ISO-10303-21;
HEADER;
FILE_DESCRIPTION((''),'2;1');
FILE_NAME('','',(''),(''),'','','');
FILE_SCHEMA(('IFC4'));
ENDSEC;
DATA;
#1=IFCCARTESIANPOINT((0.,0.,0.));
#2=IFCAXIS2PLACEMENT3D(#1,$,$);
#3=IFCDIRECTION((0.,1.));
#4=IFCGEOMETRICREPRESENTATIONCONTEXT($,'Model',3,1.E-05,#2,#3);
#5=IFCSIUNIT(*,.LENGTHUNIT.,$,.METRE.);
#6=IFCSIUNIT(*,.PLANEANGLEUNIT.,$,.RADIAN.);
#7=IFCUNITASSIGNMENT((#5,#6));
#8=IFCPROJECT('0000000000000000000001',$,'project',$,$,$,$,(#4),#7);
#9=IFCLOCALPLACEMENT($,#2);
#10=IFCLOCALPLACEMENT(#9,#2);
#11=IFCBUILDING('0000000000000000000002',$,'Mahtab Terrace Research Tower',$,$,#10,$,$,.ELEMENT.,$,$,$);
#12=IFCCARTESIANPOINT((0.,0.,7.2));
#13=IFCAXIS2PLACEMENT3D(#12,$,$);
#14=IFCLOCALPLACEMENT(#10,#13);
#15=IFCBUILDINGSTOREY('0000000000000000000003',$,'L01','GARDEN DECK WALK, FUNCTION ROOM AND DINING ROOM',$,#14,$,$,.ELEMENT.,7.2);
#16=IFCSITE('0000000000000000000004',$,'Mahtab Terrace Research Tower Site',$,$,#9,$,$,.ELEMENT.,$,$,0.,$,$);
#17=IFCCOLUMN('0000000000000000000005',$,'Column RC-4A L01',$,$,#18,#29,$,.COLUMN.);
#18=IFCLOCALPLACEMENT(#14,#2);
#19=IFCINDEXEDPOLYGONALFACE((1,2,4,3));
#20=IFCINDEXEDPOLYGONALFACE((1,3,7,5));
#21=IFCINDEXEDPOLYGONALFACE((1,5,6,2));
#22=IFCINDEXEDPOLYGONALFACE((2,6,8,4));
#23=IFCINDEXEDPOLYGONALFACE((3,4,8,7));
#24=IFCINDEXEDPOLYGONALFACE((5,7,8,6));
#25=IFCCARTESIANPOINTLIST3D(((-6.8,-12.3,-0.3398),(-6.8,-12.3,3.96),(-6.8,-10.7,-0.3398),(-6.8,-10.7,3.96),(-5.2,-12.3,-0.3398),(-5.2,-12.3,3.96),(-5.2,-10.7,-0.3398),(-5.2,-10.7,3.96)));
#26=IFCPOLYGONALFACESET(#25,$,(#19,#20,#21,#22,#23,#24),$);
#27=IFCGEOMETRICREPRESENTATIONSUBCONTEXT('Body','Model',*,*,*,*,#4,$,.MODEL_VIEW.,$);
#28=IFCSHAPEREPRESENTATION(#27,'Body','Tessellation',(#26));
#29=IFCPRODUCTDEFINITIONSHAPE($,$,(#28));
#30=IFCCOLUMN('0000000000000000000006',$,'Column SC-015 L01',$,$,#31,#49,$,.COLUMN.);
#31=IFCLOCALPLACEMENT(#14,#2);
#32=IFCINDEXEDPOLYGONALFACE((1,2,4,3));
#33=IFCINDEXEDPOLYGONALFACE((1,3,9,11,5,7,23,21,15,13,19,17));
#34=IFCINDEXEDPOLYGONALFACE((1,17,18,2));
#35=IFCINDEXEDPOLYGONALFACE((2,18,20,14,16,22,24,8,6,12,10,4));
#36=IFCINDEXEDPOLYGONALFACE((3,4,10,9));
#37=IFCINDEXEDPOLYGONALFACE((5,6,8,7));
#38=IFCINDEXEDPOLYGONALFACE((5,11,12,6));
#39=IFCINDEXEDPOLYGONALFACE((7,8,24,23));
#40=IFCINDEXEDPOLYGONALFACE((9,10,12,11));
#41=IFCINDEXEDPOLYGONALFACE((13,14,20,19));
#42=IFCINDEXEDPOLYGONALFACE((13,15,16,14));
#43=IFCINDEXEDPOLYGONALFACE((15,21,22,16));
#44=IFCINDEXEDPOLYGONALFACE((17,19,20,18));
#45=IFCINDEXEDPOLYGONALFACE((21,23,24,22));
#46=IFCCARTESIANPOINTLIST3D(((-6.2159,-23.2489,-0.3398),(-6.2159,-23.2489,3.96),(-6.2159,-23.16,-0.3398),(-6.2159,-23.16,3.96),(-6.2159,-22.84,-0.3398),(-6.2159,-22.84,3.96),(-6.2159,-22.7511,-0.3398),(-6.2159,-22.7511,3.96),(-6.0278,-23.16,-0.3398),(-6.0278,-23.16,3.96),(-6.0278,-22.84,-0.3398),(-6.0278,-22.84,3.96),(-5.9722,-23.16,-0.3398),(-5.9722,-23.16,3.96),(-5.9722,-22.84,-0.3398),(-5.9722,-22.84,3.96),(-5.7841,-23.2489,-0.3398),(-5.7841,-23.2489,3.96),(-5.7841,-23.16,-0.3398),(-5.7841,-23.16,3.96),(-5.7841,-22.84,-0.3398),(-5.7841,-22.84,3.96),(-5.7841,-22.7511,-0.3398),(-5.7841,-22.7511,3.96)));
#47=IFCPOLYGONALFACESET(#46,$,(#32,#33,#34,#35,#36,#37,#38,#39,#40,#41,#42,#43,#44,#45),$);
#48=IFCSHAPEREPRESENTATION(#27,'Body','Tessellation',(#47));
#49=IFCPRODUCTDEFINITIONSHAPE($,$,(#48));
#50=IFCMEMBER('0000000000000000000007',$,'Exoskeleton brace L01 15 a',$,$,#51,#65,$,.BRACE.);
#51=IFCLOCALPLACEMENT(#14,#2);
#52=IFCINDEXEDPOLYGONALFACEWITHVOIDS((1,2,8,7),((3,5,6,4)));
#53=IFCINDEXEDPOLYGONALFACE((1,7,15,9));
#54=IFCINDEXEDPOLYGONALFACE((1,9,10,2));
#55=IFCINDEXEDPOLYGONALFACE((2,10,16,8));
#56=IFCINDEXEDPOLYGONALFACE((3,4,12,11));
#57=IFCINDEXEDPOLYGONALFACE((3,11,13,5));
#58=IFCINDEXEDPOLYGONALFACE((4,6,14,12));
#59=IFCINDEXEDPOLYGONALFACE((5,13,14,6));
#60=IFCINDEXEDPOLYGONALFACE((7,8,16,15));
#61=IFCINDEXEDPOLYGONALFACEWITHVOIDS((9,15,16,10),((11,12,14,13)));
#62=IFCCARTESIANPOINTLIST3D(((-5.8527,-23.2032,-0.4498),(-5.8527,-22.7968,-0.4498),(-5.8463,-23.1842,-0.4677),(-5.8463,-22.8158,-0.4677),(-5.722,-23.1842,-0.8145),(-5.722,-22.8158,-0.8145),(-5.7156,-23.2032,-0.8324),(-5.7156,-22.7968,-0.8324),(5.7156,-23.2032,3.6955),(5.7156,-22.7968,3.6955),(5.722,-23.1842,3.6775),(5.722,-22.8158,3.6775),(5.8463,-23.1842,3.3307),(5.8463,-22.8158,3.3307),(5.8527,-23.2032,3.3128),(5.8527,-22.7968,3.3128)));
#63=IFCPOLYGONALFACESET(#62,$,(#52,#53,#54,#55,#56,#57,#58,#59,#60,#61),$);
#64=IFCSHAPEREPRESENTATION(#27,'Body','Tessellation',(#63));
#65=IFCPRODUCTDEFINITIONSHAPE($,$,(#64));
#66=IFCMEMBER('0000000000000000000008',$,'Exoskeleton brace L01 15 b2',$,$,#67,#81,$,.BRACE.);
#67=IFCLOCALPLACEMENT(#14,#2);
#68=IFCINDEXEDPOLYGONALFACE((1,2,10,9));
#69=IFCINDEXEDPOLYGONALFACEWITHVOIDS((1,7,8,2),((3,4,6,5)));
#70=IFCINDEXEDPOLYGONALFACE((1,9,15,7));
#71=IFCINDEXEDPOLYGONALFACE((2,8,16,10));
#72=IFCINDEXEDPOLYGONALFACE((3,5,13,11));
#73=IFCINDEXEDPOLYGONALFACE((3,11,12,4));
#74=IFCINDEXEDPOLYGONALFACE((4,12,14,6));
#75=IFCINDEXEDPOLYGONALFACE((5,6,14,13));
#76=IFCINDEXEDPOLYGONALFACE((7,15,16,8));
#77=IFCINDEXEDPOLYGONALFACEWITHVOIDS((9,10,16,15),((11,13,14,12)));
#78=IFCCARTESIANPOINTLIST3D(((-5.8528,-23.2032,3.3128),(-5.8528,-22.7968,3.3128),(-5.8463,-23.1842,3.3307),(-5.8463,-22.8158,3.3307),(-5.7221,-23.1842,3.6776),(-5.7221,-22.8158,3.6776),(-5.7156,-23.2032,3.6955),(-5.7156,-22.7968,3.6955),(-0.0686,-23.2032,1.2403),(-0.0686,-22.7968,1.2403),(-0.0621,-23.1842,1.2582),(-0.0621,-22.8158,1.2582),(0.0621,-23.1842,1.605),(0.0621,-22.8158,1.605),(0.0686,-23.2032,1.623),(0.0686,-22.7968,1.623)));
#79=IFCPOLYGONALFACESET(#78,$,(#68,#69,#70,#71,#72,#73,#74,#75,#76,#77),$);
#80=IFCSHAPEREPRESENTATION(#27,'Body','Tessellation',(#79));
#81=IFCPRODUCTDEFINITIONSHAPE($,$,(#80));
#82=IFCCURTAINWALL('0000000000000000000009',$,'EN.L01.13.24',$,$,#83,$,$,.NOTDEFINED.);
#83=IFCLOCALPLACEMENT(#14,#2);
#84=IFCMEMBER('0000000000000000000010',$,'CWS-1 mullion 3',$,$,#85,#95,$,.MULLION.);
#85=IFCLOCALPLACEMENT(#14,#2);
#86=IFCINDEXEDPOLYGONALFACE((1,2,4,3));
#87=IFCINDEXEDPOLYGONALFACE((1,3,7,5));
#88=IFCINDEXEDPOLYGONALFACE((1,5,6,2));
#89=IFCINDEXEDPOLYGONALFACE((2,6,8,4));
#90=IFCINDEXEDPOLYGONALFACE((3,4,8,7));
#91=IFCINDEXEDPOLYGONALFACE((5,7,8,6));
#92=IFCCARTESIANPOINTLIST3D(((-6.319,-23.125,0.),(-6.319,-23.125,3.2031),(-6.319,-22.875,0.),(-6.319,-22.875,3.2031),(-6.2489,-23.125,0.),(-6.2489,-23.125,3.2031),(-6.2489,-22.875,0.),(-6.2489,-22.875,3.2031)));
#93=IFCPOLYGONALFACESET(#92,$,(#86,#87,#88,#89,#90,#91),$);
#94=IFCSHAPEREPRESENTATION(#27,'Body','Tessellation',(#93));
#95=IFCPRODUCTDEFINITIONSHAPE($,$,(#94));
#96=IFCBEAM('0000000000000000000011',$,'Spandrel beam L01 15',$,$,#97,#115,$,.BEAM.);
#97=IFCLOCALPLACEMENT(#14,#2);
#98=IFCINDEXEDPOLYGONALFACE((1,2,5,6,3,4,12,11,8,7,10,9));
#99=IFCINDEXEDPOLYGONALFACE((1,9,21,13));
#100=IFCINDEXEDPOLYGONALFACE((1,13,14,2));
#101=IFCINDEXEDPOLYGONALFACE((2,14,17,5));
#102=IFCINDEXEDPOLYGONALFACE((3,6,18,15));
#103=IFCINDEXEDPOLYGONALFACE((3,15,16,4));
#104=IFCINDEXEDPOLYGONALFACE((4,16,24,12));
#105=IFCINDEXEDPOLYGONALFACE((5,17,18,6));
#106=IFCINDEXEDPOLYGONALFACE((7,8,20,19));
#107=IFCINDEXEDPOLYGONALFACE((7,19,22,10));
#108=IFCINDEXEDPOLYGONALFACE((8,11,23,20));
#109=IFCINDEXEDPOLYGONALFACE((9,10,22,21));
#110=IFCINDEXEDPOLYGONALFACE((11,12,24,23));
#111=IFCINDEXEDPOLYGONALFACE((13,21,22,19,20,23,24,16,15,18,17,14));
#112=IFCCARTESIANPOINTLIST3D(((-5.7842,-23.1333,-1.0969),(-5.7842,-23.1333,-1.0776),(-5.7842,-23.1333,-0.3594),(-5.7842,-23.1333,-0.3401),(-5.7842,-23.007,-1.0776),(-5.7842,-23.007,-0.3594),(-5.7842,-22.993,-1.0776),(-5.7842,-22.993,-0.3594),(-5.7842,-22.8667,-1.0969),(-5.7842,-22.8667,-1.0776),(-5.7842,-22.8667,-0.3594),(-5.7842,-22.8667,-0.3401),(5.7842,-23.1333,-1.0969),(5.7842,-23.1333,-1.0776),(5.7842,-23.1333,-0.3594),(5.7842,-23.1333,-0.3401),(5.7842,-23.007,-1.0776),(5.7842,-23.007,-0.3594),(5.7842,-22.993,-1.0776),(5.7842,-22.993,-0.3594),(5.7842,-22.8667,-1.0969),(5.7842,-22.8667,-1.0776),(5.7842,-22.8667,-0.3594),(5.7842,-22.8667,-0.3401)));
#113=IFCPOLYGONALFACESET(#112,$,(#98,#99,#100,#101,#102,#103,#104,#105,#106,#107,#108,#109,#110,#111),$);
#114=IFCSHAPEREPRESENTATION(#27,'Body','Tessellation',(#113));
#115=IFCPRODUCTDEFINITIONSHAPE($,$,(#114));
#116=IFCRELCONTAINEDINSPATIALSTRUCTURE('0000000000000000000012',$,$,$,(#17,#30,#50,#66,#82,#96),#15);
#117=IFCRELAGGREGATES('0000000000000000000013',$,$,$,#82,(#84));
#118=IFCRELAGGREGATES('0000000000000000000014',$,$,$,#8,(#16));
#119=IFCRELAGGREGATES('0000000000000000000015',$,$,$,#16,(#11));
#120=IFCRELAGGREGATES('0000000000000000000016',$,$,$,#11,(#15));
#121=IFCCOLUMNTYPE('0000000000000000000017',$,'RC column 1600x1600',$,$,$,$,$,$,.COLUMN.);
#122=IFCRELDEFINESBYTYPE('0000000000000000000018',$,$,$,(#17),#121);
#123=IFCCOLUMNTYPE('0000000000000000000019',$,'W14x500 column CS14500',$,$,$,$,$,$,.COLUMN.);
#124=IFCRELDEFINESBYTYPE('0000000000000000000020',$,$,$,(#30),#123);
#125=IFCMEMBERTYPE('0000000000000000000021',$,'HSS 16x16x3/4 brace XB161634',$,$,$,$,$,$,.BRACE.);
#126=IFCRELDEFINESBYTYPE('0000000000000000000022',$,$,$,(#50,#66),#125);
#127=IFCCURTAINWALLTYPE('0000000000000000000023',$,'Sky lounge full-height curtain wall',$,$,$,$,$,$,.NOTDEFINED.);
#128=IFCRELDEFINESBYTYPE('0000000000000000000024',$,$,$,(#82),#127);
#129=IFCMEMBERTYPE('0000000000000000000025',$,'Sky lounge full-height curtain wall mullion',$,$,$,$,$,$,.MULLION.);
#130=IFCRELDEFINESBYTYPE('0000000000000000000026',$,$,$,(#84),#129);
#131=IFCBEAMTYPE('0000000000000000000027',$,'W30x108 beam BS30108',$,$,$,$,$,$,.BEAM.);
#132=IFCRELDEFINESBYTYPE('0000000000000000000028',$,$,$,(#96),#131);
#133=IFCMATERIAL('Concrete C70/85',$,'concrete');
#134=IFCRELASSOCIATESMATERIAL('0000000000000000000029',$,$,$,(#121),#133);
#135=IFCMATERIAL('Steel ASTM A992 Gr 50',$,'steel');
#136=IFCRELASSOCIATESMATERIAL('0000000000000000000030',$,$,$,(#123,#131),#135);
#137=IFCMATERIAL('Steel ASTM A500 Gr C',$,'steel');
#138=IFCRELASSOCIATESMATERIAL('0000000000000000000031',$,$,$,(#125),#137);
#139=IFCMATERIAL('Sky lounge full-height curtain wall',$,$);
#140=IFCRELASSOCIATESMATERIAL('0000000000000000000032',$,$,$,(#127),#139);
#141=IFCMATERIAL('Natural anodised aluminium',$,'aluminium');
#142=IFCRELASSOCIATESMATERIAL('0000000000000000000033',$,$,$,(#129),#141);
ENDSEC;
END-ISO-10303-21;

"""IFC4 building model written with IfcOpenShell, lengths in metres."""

from ifc_helpers import new_model, si_unit, direction, frame, origin, origin_2d, place, context, subcontext, project, spatial, rectangle, hollow_rectangle, i_section, extrude, material, material_profile, profile_set, type_object, element, aggregate, save


model = new_model("IFC4")

# Units and contexts
model_context = context("Model", 3, precision=1e-05, world=origin(), true_north=direction((0.0, 1.0)))
body_context = subcontext(model_context, "Body", "Model", "MODEL_VIEW")
ifc_project = project(units=[si_unit("LENGTHUNIT", "METRE"), si_unit("PLANEANGLEUNIT", "RADIAN")], contexts=[model_context])

# Site, building, storey
site_placement = place(None, origin())
site = spatial("IfcSite", under=ifc_project, at=site_placement, Name="Mahtab Terrace Research Tower Site", CompositionType="ELEMENT", RefElevation=0.0)
building_placement = place(site_placement, origin())
building = spatial("IfcBuilding", under=site, at=building_placement, Name="Mahtab Terrace Research Tower", CompositionType="ELEMENT")
storey_placement = place(building_placement, frame((0.0, 0.0, 7.2)))
storey = spatial("IfcBuildingStorey", under=building, at=storey_placement, Name="L01", Description="GARDEN DECK WALK, FUNCTION ROOM AND DINING ROOM", CompositionType="ELEMENT", Elevation=7.2)

# Columns
ifc_material_1 = material(Name="Concrete C70/85", Category="concrete")
ifc_material_profile_1 = material_profile(ifc_material_1, rectangle(XDim=1.6001, YDim=1.6001, at=origin_2d()), Name="RC column 1600x1600")
ifc_profile_set_1 = profile_set([ifc_material_profile_1], Name="Concrete C70/85")
column_type_1 = type_object("IfcColumnType", Name="RC column 1600x1600", PredefinedType="COLUMN", material=ifc_profile_set_1)
column_1_placement = place(storey_placement, frame((-6.0, -11.5, -0.3398), z_axis=(0.0, 0.0, 1.0), x_axis=(1.0, 0.0, 0.0)))
element("IfcColumn", 1, at=column_1_placement, inside=storey, type_object=column_type_1, Name="Column RC-4A L01", PredefinedType="COLUMN", context=body_context, shape_type="SweptSolid", body=[
    extrude(rectangle(XDim=1.6001, YDim=1.6001, at=origin_2d()), origin(), (0.0, 0.0, 1.0), 4.2998),
])
ifc_material_2 = material(Name="Steel ASTM A992 Gr 50", Category="steel")
ifc_material_profile_2 = material_profile(ifc_material_2, i_section(OverallWidth=0.4319, OverallDepth=0.4978, WebThickness=0.0557, FlangeThickness=0.0889, at=origin_2d()), Name="W14X500")
ifc_profile_set_2 = profile_set([ifc_material_profile_2], Name="Steel ASTM A992 Gr 50")
column_type_2 = type_object("IfcColumnType", Name="W14x500 column CS14500", PredefinedType="COLUMN", material=ifc_profile_set_2)
column_2_placement = place(storey_placement, frame((-6.0, -23.0, -0.3398), z_axis=(0.0, 0.0, 1.0), x_axis=(1.0, 0.0, 0.0)))
element("IfcColumn", 2, at=column_2_placement, inside=storey, type_object=column_type_2, Name="Column SC-015 L01", PredefinedType="COLUMN", context=body_context, shape_type="SweptSolid", body=[
    extrude(i_section(OverallWidth=0.4319, OverallDepth=0.4978, WebThickness=0.0557, FlangeThickness=0.0889, at=origin_2d()), origin(), (0.0, 0.0, 1.0), 4.2998),
])

# Members
ifc_material_3 = material(Name="Steel ASTM A500 Gr C", Category="steel")
ifc_material_profile_3 = material_profile(ifc_material_3, hollow_rectangle(XDim=0.4065, YDim=0.4065, WallThickness=0.019, at=origin_2d()), Name="HSS16X16X3/4")
ifc_profile_set_3 = profile_set([ifc_material_profile_3], Name="Steel ASTM A500 Gr C")
member_type_1 = type_object("IfcMemberType", Name="HSS 16x16x3/4 brace XB161634", PredefinedType="BRACE", material=ifc_profile_set_3)
member_1_placement = place(storey_placement, frame((-5.7842, -23.0, -0.6411), z_axis=(0.941388, 0.0, 0.337325), x_axis=(0.0, 1.0, 0.0)))
element("IfcMember", 3, at=member_1_placement, inside=storey, type_object=member_type_1, Name="Exoskeleton brace L01 15 a", PredefinedType="BRACE", context=body_context, shape_type="SweptSolid", body=[
    extrude(hollow_rectangle(XDim=0.4065, YDim=0.4065, WallThickness=0.019, at=origin_2d()), origin(), (0.0, 0.0, 1.0), 12.2886),
])
member_2_placement = place(storey_placement, frame((0.0, -23.0, 1.4316), z_axis=(-0.941394, 0.0, 0.337308), x_axis=(0.0, -1.0, 0.0)))
element("IfcMember", 4, at=member_2_placement, inside=storey, type_object=member_type_1, Name="Exoskeleton brace L01 15 b2", PredefinedType="BRACE", context=body_context, shape_type="SweptSolid", body=[
    extrude(hollow_rectangle(XDim=0.4065, YDim=0.4065, WallThickness=0.019, at=origin_2d()), origin(), (0.0, 0.0, 1.0), 6.1443),
])

# Curtain wall, member
ifc_material_4 = material(Name="Sky lounge full-height curtain wall")
curtain_wall_type = type_object("IfcCurtainWallType", Name="Sky lounge full-height curtain wall", PredefinedType="NOTDEFINED", material=ifc_material_4)
curtain_wall_placement = place(storey_placement, origin())
curtain_wall = element("IfcCurtainWall", 5, at=curtain_wall_placement, inside=storey, type_object=curtain_wall_type, Name="EN.L01.13.24", PredefinedType="NOTDEFINED")
ifc_material_5 = material(Name="Natural anodised aluminium", Category="aluminium")
ifc_material_profile_4 = material_profile(ifc_material_5, rectangle(XDim=0.25, YDim=0.0701, at=origin_2d()), Name="MULLION 70x250")
ifc_profile_set_4 = profile_set([ifc_material_profile_4], Name="Natural anodised aluminium")
member_type_2 = type_object("IfcMemberType", Name="Sky lounge full-height curtain wall mullion", PredefinedType="MULLION", material=ifc_profile_set_4)
member_3_placement = place(storey_placement, frame((-6.2839, -23.0, 0.0), z_axis=(0.0, 0.0, 1.0), x_axis=(0.0, 1.0, 0.0)))
member_3 = element("IfcMember", 6, at=member_3_placement, type_object=member_type_2, Name="CWS-1 mullion 3", PredefinedType="MULLION", context=body_context, shape_type="SweptSolid", body=[
    extrude(rectangle(XDim=0.25, YDim=0.0701, at=origin_2d()), origin(), (0.0, 0.0, 1.0), 3.2031),
])
aggregate(curtain_wall, [member_3])

# Beam
ifc_material_profile_5 = material_profile(ifc_material_2, i_section(OverallWidth=0.2666, OverallDepth=0.7568, WebThickness=0.0139, FlangeThickness=0.0193, at=origin_2d()), Name="W30X108")
ifc_profile_set_5 = profile_set([ifc_material_profile_5], Name="Steel ASTM A992 Gr 50")
beam_type = type_object("IfcBeamType", Name="W30x108 beam BS30108", PredefinedType="BEAM", material=ifc_profile_set_5)
beam_placement = place(storey_placement, frame((-5.7842, -23.0, -0.7185), z_axis=(1.0, 0.0, 0.0), x_axis=(0.0, 1.0, 0.0)))
element("IfcBeam", 7, at=beam_placement, inside=storey, type_object=beam_type, Name="Spandrel beam L01 15", PredefinedType="BEAM", context=body_context, shape_type="SweptSolid", body=[
    extrude(i_section(OverallWidth=0.2666, OverallDepth=0.7568, WebThickness=0.0139, FlangeThickness=0.0193, at=origin_2d()), origin(), (0.0, 0.0, 1.0), 11.5684),
])

save(model, "model.ifc")
